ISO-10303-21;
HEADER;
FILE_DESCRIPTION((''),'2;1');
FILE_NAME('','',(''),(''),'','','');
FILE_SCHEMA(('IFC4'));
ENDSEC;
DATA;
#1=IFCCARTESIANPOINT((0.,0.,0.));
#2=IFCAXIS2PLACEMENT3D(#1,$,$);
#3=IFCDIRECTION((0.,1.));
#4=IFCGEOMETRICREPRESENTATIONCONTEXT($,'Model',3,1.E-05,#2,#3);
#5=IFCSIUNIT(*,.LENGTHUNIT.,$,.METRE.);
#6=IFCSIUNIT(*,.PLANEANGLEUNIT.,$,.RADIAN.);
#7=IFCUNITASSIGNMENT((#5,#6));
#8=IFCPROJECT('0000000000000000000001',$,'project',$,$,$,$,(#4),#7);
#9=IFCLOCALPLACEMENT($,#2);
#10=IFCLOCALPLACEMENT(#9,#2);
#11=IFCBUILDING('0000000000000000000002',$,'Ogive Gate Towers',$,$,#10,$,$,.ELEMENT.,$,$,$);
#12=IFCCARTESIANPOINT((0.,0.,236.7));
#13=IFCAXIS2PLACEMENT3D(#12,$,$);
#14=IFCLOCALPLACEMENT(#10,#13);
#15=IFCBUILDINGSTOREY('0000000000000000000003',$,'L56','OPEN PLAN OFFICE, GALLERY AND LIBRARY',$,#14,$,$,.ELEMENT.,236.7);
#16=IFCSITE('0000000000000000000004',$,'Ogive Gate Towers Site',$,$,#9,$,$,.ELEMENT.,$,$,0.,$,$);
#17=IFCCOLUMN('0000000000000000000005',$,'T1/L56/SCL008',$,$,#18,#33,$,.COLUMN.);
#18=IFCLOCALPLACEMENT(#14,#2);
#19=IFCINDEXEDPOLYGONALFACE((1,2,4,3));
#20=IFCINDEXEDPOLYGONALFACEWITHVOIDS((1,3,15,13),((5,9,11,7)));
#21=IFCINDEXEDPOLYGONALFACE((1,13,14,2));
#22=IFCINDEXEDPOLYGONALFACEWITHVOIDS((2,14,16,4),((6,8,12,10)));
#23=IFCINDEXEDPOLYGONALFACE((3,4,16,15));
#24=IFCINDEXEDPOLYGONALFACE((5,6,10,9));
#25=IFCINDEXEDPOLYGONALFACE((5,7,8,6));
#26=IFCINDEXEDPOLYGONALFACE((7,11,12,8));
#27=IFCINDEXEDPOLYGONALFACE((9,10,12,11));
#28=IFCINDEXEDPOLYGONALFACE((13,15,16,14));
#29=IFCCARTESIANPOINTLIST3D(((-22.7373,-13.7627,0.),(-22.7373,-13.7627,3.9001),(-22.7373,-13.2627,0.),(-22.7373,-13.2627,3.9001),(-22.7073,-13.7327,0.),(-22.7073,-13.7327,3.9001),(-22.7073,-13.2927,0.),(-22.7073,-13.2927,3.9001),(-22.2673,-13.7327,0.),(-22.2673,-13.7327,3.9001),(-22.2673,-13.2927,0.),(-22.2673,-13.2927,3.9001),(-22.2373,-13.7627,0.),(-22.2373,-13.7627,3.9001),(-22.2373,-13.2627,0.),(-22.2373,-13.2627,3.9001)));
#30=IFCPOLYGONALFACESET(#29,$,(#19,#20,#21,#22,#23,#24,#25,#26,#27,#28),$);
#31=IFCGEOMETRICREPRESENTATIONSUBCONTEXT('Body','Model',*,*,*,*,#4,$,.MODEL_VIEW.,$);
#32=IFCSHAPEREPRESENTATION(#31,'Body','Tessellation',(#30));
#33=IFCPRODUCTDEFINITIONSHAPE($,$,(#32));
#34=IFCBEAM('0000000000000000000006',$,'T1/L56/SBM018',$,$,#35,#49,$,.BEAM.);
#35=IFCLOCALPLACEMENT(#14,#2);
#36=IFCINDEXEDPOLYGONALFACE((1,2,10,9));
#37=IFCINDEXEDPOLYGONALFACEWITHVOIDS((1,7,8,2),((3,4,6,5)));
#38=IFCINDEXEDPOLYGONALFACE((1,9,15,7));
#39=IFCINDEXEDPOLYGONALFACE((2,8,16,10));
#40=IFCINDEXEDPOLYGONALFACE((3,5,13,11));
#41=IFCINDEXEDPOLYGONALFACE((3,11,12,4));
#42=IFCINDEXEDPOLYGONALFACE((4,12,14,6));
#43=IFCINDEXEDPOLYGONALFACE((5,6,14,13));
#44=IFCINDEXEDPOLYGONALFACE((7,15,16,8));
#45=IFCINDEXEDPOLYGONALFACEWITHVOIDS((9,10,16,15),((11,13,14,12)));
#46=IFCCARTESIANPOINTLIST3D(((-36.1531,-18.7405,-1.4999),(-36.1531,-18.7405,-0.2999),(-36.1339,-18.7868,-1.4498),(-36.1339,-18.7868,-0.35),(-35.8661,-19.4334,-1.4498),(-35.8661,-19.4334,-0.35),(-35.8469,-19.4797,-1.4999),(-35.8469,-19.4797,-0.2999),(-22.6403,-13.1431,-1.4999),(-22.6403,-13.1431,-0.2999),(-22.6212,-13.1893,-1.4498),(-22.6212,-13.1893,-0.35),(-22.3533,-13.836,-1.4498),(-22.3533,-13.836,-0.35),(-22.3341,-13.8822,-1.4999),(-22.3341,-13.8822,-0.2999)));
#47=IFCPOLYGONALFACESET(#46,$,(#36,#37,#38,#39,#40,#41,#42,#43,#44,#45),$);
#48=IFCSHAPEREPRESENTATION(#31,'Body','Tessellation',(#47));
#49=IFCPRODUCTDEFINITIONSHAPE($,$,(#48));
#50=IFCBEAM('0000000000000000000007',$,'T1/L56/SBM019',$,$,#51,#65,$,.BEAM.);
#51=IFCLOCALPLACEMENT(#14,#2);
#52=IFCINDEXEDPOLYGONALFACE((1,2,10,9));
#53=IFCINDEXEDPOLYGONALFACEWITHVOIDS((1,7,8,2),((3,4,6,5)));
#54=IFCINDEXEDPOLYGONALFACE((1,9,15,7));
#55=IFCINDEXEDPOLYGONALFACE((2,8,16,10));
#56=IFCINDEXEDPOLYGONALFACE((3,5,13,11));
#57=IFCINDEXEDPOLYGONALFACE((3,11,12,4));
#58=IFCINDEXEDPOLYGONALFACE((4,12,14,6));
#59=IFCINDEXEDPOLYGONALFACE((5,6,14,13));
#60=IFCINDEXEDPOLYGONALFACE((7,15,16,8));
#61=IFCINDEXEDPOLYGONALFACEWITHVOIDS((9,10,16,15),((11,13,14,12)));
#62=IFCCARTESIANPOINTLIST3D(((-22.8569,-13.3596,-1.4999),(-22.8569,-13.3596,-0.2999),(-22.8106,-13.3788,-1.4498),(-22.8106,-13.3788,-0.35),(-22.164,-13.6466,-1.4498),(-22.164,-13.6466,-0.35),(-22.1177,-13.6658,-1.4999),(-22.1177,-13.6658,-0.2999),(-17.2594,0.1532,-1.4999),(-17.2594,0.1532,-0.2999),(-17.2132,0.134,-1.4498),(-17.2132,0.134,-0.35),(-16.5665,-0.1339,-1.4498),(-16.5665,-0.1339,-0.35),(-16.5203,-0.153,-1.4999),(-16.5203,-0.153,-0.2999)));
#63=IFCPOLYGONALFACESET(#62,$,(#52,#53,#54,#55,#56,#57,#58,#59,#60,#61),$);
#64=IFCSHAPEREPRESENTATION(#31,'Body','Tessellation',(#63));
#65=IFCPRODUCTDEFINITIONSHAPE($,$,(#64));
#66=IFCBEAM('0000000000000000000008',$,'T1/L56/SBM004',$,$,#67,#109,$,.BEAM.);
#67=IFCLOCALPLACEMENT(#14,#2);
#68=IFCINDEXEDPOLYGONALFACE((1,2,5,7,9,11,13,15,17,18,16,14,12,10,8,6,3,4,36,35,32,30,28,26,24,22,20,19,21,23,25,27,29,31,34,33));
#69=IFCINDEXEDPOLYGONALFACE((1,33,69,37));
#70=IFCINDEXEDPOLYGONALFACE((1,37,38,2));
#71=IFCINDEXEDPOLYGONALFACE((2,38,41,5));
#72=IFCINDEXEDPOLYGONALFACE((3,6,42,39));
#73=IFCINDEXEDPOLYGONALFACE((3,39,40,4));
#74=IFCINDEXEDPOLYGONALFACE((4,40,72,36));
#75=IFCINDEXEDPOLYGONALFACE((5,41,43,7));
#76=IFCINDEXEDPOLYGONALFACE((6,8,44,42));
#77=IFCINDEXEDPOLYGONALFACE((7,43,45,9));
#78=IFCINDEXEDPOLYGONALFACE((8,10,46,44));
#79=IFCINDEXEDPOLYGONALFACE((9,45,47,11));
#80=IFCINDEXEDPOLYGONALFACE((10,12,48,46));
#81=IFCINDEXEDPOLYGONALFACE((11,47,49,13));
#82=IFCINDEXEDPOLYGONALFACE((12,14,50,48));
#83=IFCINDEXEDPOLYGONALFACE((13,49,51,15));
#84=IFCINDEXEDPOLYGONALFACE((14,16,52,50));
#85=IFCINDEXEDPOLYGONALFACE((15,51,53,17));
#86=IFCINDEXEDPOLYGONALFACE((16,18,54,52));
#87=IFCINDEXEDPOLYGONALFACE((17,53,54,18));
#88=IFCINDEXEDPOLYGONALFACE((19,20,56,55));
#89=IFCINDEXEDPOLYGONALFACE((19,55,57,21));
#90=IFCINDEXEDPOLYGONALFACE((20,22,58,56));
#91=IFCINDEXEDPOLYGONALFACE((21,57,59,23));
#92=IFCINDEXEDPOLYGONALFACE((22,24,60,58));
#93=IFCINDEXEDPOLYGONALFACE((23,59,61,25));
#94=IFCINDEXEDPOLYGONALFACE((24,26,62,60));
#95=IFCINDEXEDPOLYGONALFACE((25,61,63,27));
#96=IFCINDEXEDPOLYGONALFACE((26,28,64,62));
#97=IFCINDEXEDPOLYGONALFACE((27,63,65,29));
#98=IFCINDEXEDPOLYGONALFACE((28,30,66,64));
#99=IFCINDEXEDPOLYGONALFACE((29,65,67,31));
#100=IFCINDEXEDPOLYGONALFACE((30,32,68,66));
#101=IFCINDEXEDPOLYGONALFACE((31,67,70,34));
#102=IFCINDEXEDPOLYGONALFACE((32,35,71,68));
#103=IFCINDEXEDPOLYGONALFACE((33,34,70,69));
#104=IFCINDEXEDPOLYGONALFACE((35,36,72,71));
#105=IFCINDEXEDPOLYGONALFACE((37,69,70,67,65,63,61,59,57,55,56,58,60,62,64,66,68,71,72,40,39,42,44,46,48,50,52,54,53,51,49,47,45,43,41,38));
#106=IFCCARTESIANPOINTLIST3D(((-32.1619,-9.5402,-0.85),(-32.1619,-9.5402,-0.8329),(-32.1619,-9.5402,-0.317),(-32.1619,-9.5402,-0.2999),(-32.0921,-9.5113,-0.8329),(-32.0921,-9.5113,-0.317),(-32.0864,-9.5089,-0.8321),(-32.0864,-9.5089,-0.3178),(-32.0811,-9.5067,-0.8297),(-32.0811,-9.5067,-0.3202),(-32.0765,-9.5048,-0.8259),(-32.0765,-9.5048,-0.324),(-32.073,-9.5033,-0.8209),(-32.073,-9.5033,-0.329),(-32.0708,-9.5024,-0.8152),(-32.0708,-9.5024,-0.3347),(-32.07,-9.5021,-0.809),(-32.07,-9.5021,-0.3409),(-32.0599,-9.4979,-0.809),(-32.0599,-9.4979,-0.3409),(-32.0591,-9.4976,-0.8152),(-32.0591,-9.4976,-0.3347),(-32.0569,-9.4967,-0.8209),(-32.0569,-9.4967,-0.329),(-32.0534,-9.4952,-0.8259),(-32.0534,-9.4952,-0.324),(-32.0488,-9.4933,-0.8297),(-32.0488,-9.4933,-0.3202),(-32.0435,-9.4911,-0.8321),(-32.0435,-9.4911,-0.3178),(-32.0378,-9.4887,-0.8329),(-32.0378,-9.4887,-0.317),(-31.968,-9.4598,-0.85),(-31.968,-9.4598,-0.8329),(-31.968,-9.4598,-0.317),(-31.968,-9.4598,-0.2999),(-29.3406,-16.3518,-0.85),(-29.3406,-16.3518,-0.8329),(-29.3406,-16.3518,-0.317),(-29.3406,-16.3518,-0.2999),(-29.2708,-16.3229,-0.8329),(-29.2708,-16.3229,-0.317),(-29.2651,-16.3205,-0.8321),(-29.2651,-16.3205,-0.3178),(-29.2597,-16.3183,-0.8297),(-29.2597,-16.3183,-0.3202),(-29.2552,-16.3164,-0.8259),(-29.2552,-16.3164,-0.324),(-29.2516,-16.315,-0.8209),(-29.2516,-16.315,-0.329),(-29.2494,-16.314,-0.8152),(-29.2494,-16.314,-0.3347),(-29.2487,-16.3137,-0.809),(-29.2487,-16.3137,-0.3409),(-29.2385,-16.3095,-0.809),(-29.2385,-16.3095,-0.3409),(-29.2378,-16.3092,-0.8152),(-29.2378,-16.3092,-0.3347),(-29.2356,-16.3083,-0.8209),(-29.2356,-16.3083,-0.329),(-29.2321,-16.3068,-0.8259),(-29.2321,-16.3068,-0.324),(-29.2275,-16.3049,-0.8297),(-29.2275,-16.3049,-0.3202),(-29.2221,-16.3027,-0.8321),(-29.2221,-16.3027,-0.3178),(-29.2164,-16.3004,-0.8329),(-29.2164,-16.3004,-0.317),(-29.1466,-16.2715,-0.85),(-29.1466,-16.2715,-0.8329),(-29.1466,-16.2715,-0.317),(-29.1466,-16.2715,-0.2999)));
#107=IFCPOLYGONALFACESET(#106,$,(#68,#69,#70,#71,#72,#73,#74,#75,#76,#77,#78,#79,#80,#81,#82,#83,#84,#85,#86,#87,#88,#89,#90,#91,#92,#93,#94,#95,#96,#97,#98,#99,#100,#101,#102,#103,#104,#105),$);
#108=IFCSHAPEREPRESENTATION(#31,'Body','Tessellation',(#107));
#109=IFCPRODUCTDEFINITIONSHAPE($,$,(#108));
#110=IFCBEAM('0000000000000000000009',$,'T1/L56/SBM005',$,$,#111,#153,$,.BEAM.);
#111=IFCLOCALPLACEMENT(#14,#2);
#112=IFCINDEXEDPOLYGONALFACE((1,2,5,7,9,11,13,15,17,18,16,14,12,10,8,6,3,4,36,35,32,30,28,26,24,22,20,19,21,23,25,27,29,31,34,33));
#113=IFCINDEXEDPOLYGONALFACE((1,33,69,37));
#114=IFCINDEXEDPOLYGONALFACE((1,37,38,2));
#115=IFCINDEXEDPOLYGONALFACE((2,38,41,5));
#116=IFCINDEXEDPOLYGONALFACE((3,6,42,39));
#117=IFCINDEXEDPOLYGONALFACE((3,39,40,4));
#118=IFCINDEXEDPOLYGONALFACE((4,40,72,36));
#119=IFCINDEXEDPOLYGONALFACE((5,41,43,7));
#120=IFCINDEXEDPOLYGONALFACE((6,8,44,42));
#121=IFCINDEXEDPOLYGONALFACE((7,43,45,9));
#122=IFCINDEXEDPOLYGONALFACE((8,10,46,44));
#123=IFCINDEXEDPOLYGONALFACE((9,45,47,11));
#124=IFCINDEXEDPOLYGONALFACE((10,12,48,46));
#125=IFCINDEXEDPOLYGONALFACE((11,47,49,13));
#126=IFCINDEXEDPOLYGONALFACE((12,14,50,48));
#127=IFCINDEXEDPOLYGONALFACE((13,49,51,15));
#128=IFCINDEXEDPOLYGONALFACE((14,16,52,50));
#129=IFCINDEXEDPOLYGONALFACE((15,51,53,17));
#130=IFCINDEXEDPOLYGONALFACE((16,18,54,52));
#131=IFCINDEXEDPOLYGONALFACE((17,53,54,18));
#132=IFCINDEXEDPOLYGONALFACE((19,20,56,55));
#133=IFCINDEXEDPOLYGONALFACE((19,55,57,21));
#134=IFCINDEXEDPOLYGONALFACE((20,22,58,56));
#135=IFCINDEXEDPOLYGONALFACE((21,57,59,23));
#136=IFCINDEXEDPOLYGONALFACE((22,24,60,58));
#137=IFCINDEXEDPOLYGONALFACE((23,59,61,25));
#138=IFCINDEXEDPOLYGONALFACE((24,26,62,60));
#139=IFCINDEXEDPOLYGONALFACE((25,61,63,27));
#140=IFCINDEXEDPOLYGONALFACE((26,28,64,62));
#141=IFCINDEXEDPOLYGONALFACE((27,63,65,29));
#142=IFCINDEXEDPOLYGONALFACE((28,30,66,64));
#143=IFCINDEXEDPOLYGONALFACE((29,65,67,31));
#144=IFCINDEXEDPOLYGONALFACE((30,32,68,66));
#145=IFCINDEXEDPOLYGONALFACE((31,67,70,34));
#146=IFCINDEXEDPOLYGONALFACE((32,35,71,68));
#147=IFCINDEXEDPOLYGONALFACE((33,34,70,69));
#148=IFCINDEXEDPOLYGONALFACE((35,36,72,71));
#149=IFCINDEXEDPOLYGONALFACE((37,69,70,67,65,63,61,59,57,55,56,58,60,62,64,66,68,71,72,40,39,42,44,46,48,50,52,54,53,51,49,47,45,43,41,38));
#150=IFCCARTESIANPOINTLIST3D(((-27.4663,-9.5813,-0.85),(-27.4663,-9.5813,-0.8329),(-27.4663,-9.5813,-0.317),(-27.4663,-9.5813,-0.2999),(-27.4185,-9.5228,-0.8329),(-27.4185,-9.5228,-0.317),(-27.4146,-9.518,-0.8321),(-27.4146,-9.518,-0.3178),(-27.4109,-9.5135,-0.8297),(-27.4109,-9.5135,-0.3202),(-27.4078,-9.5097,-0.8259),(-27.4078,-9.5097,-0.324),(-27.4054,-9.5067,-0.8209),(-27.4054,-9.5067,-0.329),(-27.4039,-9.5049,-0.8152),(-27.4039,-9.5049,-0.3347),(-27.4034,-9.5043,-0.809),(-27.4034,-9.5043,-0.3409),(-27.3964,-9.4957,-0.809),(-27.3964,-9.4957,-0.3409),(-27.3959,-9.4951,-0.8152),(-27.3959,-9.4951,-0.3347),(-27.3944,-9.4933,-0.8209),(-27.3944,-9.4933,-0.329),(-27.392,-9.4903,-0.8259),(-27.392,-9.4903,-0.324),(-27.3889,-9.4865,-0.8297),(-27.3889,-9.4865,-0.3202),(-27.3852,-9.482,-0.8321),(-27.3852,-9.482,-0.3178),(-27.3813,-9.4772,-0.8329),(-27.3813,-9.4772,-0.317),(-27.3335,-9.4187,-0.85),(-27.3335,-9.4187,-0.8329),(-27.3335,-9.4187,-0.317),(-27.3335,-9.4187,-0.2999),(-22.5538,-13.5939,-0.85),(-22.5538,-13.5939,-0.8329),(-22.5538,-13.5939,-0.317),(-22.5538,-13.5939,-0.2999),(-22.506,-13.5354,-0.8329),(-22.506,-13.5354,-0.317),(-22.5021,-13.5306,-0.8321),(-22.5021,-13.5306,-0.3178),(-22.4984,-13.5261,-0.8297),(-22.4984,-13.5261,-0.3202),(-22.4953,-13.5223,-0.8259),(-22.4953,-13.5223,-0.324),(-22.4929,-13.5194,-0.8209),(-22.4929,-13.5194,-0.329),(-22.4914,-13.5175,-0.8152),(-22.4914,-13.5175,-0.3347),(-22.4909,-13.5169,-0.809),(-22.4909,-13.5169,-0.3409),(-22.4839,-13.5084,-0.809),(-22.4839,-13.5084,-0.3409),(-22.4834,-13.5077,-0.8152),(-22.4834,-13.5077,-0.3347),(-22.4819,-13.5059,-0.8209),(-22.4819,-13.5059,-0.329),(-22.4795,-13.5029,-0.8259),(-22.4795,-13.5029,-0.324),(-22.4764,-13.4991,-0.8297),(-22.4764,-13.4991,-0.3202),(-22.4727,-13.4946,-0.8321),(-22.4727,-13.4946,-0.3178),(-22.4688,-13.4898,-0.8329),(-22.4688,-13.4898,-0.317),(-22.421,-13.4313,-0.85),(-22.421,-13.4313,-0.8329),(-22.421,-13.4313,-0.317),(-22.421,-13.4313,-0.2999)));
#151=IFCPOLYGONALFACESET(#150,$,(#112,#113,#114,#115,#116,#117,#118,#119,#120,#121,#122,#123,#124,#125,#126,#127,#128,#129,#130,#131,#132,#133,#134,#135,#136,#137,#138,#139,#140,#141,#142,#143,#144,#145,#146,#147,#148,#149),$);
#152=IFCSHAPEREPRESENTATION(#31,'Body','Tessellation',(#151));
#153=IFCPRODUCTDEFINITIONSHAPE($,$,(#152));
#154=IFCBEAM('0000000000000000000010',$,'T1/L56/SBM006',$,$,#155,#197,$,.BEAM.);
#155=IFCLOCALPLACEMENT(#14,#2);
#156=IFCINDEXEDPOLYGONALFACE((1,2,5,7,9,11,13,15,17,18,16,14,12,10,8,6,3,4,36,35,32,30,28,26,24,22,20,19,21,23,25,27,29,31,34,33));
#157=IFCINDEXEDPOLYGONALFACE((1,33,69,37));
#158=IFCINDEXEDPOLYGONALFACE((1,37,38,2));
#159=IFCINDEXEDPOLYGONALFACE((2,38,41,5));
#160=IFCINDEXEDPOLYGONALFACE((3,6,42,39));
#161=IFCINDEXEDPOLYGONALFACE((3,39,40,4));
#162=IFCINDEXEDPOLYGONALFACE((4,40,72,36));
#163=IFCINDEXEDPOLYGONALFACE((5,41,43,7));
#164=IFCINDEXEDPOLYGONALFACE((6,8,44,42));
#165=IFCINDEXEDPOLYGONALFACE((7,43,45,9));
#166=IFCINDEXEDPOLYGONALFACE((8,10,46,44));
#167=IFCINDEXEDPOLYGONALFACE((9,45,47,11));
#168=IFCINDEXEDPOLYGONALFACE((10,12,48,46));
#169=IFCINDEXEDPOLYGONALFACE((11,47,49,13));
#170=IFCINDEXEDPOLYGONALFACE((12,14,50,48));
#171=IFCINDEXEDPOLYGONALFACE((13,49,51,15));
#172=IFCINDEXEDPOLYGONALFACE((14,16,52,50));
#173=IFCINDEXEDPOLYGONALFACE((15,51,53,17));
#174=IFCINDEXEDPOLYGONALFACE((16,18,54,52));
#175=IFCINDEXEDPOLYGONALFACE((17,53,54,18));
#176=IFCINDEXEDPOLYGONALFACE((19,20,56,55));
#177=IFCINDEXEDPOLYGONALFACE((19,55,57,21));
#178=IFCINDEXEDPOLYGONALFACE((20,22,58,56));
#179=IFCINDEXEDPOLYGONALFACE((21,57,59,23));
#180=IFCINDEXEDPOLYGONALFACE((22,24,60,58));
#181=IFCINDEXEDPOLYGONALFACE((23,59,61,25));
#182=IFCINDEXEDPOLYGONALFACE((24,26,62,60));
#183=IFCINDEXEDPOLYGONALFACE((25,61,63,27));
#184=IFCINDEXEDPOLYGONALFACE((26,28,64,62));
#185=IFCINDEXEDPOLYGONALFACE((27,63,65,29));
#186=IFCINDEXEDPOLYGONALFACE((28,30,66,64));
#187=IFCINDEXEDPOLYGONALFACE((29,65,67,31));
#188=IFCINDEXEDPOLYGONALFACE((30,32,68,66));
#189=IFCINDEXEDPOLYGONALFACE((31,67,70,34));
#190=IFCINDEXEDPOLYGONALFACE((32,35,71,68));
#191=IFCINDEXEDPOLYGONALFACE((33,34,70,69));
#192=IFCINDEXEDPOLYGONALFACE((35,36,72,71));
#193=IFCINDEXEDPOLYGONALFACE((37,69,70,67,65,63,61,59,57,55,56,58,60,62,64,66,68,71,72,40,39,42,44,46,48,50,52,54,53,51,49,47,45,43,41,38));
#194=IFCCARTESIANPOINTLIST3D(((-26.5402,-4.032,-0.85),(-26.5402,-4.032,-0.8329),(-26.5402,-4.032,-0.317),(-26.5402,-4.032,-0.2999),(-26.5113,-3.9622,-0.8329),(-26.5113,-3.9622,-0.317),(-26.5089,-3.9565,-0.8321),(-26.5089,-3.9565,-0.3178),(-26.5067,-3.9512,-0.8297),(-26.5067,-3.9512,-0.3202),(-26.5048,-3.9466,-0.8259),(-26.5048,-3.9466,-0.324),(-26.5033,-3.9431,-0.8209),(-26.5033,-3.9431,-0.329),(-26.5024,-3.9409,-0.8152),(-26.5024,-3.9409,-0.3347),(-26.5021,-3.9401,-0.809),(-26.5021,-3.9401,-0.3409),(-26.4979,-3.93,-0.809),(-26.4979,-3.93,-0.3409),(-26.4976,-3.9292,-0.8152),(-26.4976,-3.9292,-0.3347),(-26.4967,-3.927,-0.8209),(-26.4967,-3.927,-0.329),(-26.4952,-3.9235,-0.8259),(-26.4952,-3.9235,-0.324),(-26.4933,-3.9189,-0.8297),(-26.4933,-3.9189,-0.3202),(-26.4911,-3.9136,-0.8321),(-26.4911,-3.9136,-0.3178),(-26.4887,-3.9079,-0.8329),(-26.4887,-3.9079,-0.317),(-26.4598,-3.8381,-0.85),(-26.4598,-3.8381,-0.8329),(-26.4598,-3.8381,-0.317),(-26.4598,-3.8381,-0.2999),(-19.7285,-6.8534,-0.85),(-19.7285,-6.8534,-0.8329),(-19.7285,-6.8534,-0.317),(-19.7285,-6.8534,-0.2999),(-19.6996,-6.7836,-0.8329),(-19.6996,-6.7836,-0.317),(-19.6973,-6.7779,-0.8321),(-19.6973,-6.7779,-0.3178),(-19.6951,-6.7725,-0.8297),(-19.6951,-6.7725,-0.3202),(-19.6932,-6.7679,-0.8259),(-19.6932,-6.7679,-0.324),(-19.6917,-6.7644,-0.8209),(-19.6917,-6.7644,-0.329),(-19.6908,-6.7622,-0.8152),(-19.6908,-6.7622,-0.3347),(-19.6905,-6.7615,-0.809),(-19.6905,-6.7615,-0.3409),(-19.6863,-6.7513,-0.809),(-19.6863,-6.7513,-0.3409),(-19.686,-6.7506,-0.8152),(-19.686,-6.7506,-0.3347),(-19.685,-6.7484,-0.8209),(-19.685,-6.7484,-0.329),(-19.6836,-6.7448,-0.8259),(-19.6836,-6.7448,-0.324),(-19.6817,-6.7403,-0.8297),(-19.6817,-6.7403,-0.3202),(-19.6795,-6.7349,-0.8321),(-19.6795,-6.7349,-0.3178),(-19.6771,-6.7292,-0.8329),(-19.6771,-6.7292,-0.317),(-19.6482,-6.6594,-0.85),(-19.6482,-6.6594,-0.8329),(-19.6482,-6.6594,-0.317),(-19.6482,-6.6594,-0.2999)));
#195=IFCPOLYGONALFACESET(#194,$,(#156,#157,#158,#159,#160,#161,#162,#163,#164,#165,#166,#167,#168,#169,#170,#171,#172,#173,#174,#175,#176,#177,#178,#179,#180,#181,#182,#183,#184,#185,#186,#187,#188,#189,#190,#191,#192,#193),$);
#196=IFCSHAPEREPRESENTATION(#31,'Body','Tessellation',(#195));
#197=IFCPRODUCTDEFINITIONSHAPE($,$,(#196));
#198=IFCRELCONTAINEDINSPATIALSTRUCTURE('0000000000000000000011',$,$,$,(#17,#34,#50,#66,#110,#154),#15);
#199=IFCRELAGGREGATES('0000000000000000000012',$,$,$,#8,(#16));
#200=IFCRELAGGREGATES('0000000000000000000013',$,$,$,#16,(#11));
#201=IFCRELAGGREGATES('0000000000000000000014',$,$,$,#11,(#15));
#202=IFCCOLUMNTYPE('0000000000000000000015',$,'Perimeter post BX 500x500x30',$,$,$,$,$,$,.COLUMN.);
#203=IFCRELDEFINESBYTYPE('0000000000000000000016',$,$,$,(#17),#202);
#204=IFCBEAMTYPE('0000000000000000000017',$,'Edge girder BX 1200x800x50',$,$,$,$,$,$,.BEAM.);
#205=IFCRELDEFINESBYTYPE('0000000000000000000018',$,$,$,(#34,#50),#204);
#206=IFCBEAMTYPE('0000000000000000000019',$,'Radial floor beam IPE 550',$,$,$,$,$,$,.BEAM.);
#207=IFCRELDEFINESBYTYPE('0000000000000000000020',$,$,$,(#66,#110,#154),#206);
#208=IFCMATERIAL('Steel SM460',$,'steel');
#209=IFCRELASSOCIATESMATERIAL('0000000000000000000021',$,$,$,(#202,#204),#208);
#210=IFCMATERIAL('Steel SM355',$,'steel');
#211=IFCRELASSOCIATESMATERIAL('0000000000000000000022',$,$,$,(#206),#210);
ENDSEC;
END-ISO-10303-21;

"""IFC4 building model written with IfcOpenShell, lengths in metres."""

from ifc_helpers import new_model, si_unit, direction, frame, origin, origin_2d, place, context, subcontext, project, spatial, hollow_rectangle, i_section, extrude, material, material_profile, profile_set, type_object, element, save


model = new_model("IFC4")

# Units and contexts
model_context = context("Model", 3, precision=1e-05, world=origin(), true_north=direction((0.0, 1.0)))
body_context = subcontext(model_context, "Body", "Model", "MODEL_VIEW")
ifc_project = project(units=[si_unit("LENGTHUNIT", "METRE"), si_unit("PLANEANGLEUNIT", "RADIAN")], contexts=[model_context])

# Site, building, storey
site_placement = place(None, origin())
site = spatial("IfcSite", under=ifc_project, at=site_placement, Name="Ogive Gate Towers Site", CompositionType="ELEMENT", RefElevation=0.0)
building_placement = place(site_placement, origin())
building = spatial("IfcBuilding", under=site, at=building_placement, Name="Ogive Gate Towers", CompositionType="ELEMENT")
storey_placement = place(building_placement, frame((0.0, 0.0, 236.7)))
storey = spatial("IfcBuildingStorey", under=building, at=storey_placement, Name="L56", Description="OPEN PLAN OFFICE, GALLERY AND LIBRARY", CompositionType="ELEMENT", Elevation=236.7)

# Column
ifc_material_1 = material(Name="Steel SM460", Category="steel")
ifc_material_profile_1 = material_profile(ifc_material_1, hollow_rectangle(XDim=0.5, YDim=0.5, WallThickness=0.03, at=origin_2d()), Name="BX 500x500x30")
ifc_profile_set_1 = profile_set([ifc_material_profile_1], Name="Steel SM460")
column_type = type_object("IfcColumnType", Name="Perimeter post BX 500x500x30", PredefinedType="COLUMN", material=ifc_profile_set_1)
column_placement = place(storey_placement, frame((-22.4873, -13.5127, 0.0), z_axis=(0.0, 0.0, 1.0), x_axis=(1.0, 0.0, 0.0)))
element("IfcColumn", 1, at=column_placement, inside=storey, type_object=column_type, Name="T1/L56/SCL008", PredefinedType="COLUMN", context=body_context, shape_type="SweptSolid", body=[
    extrude(hollow_rectangle(XDim=0.5, YDim=0.5, WallThickness=0.03, at=origin_2d()), origin(), (0.0, 0.0, 1.0), 3.9001),
])

# Beams
ifc_material_profile_2 = material_profile(ifc_material_1, hollow_rectangle(XDim=0.8, YDim=1.2, WallThickness=0.05, at=origin_2d()), Name="BX 1200x800x50")
ifc_profile_set_2 = profile_set([ifc_material_profile_2], Name="Steel SM460")
beam_type_1 = type_object("IfcBeamType", Name="Edge girder BX 1200x800x50", PredefinedType="BEAM", material=ifc_profile_set_2)
for number, where, z_axis, x_axis, name in (
    (2, (-36.0, -19.1101, -0.8999), (0.923873, 0.382699, 0.0), (-0.382699, 0.923873, 0.0), "T1/L56/SBM018"),
    (3, (-22.4873, -13.5127, -0.8999), (0.382699, 0.923873, 0.0), (-0.923873, 0.382699, 0.0), "T1/L56/SBM019"),
):
    element("IfcBeam", number, at=place(storey_placement, frame(where, z_axis=z_axis, x_axis=x_axis)), inside=storey, type_object=beam_type_1, Name=name, PredefinedType="BEAM", context=body_context, shape_type="SweptSolid", body=[
        extrude(hollow_rectangle(XDim=0.8, YDim=1.2, WallThickness=0.05, at=origin_2d()), origin(), (0.0, 0.0, 1.0), 14.6262),
    ])
ifc_material_2 = material(Name="Steel SM355", Category="steel")
ifc_material_profile_3 = material_profile(ifc_material_2, i_section(OverallWidth=0.21, OverallDepth=0.55, WebThickness=0.011, FlangeThickness=0.0171, FilletRadius=0.0239, at=origin_2d()), Name="IPE 550")
ifc_profile_set_3 = profile_set([ifc_material_profile_3], Name="Steel SM355")
beam_type_2 = type_object("IfcBeamType", Name="Radial floor beam IPE 550", PredefinedType="BEAM", material=ifc_profile_set_3)
beam_1_placement = place(storey_placement, frame((-32.0649, -9.5, -0.575), z_axis=(0.382668, -0.923886, 0.0), x_axis=(0.923886, 0.382668, 0.0)))
element("IfcBeam", 4, at=beam_1_placement, inside=storey, type_object=beam_type_2, Name="T1/L56/SBM004", PredefinedType="BEAM", context=body_context, shape_type="SweptSolid", body=[
    extrude(i_section(OverallWidth=0.21, OverallDepth=0.55, WebThickness=0.011, FlangeThickness=0.0171, FilletRadius=0.0239, at=origin_2d()), origin(), (0.0, 0.0, 1.0), 7.3728),
])
beam_2_placement = place(storey_placement, frame((-27.3999, -9.5, -0.575), z_axis=(0.774475, -0.632605, 0.0), x_axis=(0.632605, 0.774475, 0.0)))
element("IfcBeam", 5, at=beam_2_placement, inside=storey, type_object=beam_type_2, Name="T1/L56/SBM005", PredefinedType="BEAM", context=body_context, shape_type="SweptSolid", body=[
    extrude(i_section(OverallWidth=0.21, OverallDepth=0.55, WebThickness=0.011, FlangeThickness=0.0171, FilletRadius=0.0239, at=origin_2d()), origin(), (0.0, 0.0, 1.0), 6.343),
])
beam_3_placement = place(storey_placement, frame((-26.5, -3.9351, -0.575), z_axis=(0.923886, -0.382668, 0.0), x_axis=(0.382668, 0.923886, 0.0)))
element("IfcBeam", 6, at=beam_3_placement, inside=storey, type_object=beam_type_2, Name="T1/L56/SBM006", PredefinedType="BEAM", context=body_context, shape_type="SweptSolid", body=[
    extrude(i_section(OverallWidth=0.21, OverallDepth=0.55, WebThickness=0.011, FlangeThickness=0.0171, FilletRadius=0.0239, at=origin_2d()), origin(), (0.0, 0.0, 1.0), 7.3728),
])

save(model, "model.ifc")
